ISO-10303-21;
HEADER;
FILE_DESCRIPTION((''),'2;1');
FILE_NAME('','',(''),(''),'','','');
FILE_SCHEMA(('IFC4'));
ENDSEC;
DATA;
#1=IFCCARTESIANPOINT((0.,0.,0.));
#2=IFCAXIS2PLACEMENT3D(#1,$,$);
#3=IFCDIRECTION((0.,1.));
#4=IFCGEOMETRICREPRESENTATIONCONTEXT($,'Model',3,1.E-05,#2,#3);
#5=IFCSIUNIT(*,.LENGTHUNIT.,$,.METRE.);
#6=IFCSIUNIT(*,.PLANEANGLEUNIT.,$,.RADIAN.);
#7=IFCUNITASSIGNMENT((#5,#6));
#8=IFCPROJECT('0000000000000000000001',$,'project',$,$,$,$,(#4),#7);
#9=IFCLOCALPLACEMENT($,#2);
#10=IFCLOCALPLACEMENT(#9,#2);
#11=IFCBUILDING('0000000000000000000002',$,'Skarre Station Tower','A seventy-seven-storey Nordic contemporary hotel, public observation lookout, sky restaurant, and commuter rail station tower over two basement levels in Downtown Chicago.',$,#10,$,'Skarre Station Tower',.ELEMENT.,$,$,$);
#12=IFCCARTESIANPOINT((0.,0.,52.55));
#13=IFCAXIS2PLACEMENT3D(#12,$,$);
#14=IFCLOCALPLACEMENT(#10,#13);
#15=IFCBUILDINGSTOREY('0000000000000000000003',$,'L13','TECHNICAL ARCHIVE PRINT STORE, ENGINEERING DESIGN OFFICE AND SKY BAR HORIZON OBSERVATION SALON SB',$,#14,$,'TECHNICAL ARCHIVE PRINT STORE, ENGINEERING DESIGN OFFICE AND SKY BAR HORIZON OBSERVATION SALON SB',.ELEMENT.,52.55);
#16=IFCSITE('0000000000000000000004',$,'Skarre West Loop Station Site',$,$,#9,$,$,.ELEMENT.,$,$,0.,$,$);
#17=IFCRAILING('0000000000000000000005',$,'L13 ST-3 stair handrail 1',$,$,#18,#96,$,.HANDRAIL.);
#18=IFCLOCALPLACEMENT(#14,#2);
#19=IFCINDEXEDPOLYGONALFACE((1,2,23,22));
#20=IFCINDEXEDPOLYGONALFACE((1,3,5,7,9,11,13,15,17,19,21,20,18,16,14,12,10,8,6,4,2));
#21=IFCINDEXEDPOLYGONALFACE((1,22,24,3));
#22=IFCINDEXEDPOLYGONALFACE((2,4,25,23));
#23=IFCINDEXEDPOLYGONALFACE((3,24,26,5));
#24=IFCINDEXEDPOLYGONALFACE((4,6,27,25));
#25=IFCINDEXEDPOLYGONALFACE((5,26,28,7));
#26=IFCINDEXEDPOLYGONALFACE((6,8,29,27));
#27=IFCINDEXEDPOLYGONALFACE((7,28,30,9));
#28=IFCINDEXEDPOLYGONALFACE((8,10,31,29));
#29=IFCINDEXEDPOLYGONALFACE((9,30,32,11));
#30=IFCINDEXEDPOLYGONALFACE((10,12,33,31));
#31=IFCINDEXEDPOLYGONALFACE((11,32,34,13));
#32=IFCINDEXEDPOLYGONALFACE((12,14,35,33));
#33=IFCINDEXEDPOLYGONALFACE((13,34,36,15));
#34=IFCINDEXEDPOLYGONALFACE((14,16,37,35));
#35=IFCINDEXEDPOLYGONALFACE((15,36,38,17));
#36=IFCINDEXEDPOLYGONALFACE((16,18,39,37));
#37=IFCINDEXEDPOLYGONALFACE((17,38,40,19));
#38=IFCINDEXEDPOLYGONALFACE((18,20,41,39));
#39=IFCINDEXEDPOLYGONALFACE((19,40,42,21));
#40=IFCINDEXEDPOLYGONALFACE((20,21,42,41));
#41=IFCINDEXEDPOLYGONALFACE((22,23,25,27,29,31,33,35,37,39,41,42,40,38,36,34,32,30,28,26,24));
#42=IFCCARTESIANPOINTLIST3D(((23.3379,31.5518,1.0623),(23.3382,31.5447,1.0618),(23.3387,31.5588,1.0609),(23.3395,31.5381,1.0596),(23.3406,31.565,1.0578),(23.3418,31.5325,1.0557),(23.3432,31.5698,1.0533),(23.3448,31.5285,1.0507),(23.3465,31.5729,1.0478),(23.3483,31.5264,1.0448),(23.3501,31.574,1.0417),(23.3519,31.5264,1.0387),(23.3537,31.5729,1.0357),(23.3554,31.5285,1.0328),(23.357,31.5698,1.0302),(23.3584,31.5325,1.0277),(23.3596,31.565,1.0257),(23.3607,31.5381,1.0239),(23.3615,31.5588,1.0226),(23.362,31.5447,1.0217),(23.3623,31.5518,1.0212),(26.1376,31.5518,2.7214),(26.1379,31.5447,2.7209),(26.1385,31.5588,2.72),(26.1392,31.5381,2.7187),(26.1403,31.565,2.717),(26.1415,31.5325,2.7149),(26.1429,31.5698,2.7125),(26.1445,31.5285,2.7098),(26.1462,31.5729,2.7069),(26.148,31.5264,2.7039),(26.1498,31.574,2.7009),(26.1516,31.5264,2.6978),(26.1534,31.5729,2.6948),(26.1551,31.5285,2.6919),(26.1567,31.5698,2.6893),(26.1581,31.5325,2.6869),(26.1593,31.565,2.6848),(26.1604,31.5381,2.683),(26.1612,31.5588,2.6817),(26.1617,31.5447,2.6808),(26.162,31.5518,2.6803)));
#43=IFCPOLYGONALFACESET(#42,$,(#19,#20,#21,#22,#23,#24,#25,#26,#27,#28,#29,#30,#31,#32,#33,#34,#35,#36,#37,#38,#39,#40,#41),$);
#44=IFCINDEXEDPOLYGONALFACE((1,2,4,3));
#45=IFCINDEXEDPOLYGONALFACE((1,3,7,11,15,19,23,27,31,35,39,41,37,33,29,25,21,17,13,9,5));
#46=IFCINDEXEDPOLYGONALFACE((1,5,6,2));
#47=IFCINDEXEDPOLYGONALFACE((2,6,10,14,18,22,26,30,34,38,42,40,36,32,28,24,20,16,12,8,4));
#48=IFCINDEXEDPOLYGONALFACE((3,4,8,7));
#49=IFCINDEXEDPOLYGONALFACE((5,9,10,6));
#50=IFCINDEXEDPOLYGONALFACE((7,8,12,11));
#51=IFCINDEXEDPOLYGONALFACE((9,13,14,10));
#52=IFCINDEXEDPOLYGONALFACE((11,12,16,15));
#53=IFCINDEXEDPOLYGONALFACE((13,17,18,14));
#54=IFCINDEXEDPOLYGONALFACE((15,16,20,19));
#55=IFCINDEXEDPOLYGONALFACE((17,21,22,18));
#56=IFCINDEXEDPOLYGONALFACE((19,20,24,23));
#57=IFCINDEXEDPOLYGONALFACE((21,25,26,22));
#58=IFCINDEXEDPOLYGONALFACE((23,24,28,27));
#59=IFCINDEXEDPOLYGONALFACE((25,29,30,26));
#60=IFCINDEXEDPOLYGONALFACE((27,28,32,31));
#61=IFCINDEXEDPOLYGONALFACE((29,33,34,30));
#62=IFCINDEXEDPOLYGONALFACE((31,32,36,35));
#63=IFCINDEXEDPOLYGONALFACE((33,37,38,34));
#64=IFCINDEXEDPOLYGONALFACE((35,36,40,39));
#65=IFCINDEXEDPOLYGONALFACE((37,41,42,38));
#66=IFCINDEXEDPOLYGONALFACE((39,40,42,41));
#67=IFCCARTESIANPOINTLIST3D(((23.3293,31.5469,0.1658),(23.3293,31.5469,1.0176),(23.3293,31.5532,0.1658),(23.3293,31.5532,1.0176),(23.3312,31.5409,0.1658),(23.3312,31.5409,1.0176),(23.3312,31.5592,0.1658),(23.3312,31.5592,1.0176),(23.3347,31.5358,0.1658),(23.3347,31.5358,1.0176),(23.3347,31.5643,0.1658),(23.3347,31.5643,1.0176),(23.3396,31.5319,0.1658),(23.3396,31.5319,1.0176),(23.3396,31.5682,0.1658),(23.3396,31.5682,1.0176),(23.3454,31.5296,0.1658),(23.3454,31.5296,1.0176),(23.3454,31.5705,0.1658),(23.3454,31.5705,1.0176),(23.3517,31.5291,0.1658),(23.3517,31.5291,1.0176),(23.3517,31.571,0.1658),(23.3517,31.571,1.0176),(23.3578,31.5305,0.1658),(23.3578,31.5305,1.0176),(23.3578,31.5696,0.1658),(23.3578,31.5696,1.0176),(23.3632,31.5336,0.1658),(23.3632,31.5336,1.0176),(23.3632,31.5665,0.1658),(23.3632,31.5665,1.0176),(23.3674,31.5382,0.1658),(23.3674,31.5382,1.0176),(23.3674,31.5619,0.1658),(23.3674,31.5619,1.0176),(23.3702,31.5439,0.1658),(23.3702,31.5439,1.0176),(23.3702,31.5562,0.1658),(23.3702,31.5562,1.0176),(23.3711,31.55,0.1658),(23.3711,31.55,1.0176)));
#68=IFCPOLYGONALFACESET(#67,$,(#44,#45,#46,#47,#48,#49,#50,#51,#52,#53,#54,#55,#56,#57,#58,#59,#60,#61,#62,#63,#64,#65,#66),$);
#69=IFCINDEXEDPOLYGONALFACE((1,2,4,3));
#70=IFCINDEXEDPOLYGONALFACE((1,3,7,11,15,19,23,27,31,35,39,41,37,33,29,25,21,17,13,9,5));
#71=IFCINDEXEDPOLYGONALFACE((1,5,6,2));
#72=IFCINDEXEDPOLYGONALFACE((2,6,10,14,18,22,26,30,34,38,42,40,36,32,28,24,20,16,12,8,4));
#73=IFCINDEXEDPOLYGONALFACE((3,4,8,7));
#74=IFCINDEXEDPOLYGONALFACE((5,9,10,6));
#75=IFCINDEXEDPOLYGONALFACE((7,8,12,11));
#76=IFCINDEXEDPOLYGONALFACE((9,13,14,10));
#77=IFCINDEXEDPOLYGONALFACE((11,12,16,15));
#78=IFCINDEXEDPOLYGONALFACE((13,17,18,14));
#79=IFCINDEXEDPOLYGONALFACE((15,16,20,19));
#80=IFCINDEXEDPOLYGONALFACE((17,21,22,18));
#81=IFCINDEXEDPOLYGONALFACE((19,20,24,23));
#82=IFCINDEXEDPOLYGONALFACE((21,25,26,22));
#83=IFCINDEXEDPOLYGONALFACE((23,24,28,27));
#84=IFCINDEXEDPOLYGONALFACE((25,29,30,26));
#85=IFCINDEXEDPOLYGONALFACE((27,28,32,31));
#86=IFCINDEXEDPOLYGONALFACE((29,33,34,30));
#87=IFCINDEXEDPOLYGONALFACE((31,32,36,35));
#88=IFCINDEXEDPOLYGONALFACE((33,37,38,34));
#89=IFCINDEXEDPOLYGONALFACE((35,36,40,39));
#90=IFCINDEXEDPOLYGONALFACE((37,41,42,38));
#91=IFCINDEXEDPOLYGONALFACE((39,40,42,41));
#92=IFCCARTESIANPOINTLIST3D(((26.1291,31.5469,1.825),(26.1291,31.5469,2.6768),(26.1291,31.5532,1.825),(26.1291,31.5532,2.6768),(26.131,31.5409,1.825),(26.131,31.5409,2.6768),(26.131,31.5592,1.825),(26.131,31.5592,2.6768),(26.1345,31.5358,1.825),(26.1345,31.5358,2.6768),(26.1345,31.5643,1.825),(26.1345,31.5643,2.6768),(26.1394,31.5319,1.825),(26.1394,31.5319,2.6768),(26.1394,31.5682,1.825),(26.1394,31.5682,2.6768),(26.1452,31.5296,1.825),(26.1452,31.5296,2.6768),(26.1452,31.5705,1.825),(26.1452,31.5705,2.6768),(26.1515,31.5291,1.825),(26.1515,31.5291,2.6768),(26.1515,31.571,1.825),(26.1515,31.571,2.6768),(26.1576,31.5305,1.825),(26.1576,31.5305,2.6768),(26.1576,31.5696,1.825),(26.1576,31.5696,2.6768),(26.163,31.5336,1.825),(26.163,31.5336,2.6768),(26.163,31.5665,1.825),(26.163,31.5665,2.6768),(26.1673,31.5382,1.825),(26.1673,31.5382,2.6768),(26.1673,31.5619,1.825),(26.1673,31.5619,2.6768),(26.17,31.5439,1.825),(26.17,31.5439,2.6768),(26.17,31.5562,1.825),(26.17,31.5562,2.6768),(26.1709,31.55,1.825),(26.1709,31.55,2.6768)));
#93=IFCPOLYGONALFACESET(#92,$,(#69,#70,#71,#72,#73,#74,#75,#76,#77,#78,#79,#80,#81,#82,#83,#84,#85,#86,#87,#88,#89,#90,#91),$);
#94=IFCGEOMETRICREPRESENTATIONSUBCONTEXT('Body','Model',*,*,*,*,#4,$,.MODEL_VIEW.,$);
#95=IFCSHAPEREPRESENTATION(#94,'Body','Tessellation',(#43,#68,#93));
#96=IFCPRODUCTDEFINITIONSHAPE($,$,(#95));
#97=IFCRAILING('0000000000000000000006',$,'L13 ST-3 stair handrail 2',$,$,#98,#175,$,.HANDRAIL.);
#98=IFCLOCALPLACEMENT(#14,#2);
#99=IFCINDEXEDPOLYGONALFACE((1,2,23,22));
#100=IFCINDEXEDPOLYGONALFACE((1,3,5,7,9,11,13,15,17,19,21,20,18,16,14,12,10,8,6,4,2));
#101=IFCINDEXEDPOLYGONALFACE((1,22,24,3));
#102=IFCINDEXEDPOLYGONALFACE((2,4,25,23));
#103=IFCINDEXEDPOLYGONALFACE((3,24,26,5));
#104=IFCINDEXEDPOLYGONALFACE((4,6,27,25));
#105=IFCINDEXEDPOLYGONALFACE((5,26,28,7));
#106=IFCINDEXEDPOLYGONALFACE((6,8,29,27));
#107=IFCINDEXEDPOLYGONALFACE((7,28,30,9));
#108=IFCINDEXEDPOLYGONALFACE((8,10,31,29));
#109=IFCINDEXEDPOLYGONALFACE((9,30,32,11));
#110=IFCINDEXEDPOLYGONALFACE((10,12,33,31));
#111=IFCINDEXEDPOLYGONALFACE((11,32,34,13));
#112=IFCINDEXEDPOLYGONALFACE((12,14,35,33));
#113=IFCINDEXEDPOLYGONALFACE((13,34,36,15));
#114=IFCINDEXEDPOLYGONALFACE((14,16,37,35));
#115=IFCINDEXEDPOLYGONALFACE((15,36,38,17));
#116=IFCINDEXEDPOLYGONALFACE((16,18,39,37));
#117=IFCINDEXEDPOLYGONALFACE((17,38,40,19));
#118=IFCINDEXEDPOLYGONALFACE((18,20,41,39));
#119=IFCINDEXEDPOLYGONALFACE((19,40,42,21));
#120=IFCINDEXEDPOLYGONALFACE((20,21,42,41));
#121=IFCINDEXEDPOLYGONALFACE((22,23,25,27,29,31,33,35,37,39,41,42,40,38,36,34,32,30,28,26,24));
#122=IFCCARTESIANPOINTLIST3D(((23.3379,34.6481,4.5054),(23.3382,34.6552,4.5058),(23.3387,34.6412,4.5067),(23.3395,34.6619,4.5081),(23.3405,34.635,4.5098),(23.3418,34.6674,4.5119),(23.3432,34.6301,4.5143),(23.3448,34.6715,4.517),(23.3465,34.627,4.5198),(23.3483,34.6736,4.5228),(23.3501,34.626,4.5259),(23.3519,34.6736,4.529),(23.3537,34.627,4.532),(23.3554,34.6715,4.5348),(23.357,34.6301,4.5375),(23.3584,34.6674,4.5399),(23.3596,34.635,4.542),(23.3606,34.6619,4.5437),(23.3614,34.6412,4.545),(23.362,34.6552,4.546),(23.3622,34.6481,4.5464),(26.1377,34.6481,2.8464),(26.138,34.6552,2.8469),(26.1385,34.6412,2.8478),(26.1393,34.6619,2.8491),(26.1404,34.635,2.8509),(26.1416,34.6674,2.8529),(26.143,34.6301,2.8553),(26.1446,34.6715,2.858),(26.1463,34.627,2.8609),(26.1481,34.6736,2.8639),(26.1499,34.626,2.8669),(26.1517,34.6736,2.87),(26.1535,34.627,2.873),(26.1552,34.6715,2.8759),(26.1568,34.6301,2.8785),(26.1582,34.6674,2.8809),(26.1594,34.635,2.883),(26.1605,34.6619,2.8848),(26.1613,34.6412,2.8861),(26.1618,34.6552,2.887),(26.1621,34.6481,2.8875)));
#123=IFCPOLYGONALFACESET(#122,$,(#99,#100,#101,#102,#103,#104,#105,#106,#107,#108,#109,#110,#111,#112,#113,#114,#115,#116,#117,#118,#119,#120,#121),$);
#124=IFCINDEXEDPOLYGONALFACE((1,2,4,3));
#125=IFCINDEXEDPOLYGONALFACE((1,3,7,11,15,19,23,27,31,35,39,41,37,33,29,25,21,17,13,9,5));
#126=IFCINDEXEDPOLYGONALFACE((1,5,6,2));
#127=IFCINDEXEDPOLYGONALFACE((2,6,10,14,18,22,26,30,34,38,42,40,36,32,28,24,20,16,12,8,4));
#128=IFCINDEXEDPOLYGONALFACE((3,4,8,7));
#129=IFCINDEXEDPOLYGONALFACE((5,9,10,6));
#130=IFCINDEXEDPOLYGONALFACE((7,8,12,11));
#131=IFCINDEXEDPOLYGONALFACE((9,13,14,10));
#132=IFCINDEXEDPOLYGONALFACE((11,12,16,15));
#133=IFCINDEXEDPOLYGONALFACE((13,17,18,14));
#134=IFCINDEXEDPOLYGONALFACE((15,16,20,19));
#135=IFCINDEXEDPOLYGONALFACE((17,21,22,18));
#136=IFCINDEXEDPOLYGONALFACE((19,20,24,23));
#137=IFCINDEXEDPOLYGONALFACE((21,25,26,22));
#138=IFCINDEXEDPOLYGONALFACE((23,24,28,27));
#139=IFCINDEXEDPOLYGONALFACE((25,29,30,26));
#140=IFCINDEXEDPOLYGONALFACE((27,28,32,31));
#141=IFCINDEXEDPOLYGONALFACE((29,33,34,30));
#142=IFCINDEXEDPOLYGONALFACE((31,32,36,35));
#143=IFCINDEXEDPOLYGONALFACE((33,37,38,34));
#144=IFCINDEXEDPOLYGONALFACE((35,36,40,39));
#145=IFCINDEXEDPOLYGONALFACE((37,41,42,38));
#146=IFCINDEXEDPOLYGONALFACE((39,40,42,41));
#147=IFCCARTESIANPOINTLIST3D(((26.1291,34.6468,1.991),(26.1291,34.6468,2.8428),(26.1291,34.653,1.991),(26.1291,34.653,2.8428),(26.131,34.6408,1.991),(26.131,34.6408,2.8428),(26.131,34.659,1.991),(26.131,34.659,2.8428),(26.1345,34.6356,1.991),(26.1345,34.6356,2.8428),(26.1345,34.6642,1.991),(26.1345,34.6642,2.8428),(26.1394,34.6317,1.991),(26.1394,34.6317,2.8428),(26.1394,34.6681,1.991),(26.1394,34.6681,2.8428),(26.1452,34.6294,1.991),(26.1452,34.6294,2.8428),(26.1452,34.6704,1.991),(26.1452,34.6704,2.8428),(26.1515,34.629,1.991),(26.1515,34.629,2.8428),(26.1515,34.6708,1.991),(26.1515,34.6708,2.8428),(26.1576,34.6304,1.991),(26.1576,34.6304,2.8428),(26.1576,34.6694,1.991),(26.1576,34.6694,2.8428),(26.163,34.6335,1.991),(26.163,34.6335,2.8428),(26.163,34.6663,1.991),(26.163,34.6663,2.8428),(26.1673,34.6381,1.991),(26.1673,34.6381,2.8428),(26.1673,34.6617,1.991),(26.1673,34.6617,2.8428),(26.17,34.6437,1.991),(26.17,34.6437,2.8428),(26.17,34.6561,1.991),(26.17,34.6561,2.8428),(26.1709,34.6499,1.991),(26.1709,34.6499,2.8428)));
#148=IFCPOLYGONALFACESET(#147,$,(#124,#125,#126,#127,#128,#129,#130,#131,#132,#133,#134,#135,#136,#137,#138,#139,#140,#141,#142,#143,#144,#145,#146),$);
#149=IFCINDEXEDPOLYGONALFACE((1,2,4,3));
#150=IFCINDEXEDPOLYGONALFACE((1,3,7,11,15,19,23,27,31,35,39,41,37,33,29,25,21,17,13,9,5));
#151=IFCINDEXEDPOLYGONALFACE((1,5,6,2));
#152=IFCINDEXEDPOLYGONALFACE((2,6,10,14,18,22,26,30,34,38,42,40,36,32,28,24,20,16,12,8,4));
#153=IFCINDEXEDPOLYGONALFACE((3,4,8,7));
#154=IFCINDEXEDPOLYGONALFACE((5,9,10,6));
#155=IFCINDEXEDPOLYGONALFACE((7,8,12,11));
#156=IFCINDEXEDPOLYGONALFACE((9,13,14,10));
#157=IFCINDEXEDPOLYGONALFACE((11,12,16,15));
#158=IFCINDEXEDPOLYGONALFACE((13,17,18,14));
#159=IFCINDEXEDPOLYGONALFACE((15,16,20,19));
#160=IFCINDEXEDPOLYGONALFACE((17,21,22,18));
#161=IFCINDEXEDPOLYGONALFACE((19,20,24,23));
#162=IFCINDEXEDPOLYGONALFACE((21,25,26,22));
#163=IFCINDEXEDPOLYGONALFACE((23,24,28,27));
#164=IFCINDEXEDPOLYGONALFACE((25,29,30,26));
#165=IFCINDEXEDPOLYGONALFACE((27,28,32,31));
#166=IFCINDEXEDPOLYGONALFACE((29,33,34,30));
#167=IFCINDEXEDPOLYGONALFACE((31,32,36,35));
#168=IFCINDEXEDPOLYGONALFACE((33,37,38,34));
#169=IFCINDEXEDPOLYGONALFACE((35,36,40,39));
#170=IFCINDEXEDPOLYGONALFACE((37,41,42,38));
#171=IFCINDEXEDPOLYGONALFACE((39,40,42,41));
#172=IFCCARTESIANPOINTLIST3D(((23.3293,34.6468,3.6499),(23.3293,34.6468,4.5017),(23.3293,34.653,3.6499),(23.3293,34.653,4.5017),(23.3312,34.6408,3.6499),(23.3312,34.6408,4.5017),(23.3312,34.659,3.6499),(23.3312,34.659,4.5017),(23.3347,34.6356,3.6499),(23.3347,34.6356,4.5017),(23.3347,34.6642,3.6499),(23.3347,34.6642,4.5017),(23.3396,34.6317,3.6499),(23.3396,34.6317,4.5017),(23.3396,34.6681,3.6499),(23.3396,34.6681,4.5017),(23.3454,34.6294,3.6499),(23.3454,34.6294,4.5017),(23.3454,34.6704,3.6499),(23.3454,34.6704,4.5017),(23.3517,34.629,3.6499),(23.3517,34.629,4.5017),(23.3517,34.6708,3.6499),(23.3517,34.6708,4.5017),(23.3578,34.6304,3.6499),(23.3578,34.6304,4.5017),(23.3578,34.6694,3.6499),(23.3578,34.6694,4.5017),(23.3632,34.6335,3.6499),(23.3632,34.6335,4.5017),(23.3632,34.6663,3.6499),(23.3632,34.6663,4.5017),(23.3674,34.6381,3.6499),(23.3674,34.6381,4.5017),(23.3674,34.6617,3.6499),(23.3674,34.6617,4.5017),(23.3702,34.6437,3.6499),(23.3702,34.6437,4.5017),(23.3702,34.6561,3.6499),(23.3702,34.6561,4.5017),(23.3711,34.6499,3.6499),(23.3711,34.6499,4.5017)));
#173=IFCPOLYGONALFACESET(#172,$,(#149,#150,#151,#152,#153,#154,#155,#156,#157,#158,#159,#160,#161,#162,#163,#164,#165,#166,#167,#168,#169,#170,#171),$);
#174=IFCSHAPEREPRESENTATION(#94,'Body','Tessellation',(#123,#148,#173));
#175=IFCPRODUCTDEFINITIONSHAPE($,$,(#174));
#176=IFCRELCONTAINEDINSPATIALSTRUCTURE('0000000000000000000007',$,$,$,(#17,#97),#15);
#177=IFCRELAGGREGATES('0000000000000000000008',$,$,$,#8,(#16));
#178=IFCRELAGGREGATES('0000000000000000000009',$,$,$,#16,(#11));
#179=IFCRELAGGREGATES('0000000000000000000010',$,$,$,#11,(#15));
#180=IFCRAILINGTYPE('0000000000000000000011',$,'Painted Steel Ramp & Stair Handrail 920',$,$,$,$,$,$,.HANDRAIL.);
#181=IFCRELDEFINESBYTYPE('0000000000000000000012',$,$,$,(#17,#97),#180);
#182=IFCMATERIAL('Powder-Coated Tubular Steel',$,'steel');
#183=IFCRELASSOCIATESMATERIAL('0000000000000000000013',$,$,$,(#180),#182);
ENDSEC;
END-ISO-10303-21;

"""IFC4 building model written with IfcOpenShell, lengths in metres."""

from ifc_helpers import new_model, si_unit, direction, frame, origin, origin_2d, place, context, subcontext, project, spatial, circle, extrude, material, type_object, element, save


model = new_model("IFC4")

# Units and contexts
model_context = context("Model", 3, precision=1e-05, world=origin(), true_north=direction((0.0, 1.0)))
body_context = subcontext(model_context, "Body", "Model", "MODEL_VIEW")
ifc_project = project(units=[si_unit("LENGTHUNIT", "METRE"), si_unit("PLANEANGLEUNIT", "RADIAN")], contexts=[model_context])

# Site, building, storey
site_placement = place(None, origin())
site = spatial("IfcSite", under=ifc_project, at=site_placement, Name="Skarre West Loop Station Site", CompositionType="ELEMENT", RefElevation=0.0)
building_placement = place(site_placement, origin())
building = spatial("IfcBuilding", under=site, at=building_placement, Name="Skarre Station Tower", Description="A seventy-seven-storey Nordic contemporary hotel, public observation lookout, sky restaurant, and commuter rail station tower over two basement levels in Downtown Chicago.", LongName="Skarre Station Tower", CompositionType="ELEMENT")
storey_placement = place(building_placement, frame((0.0, 0.0, 52.55)))
storey = spatial("IfcBuildingStorey", under=building, at=storey_placement, Name="L13", Description="TECHNICAL ARCHIVE PRINT STORE, ENGINEERING DESIGN OFFICE AND SKY BAR HORIZON OBSERVATION SALON SB", LongName="TECHNICAL ARCHIVE PRINT STORE, ENGINEERING DESIGN OFFICE AND SKY BAR HORIZON OBSERVATION SALON SB", CompositionType="ELEMENT", Elevation=52.55)

# Railings
ifc_material_1 = material(Name="Powder-Coated Tubular Steel", Category="steel")
railing_type_1 = type_object("IfcRailingType", Name="Painted Steel Ramp & Stair Handrail 920", PredefinedType="HANDRAIL", material=ifc_material_1)
railing_1_placement = place(storey_placement, frame((23.3501, 31.55, 0.1658)))
element("IfcRailing", 1, at=railing_1_placement, inside=storey, type_object=railing_type_1, Name="L13 ST-3 stair handrail 1", PredefinedType="HANDRAIL", context=body_context, shape_type="SweptSolid", body=[
    extrude(circle(Radius=0.0239, at=origin_2d()), frame((0.0, 0.0, 0.876), z_axis=(0.860287, 0.0, 0.509811), x_axis=(0.0, 1.0, 0.0)), (0.0, 0.0, 1.0), 3.2544),
    extrude(circle(Radius=0.021, at=origin_2d()), origin(), (0.0, 0.0, 1.0), 0.8518),
    extrude(circle(Radius=0.021, at=origin_2d()), frame((2.7998, 0.0, 1.6592)), (0.0, 0.0, 1.0), 0.8518),
])
railing_2_placement = place(storey_placement, frame((26.1499, 34.6499, 1.991)))
element("IfcRailing", 2, at=railing_2_placement, inside=storey, type_object=railing_type_1, Name="L13 ST-3 stair handrail 2", PredefinedType="HANDRAIL", context=body_context, shape_type="SweptSolid", body=[
    extrude(circle(Radius=0.0239, at=origin_2d()), frame((0.0, 0.0, 0.876), z_axis=(-0.86032, 0.0, 0.509755), x_axis=(0.0, -1.0, 0.0)), (0.0, 0.0, 1.0), 3.2544),
    extrude(circle(Radius=0.021, at=origin_2d()), origin(), (0.0, 0.0, 1.0), 0.8518),
    extrude(circle(Radius=0.021, at=origin_2d()), frame((-2.7998, 0.0, 1.6589)), (0.0, 0.0, 1.0), 0.8518),
])

save(model, "model.ifc")
